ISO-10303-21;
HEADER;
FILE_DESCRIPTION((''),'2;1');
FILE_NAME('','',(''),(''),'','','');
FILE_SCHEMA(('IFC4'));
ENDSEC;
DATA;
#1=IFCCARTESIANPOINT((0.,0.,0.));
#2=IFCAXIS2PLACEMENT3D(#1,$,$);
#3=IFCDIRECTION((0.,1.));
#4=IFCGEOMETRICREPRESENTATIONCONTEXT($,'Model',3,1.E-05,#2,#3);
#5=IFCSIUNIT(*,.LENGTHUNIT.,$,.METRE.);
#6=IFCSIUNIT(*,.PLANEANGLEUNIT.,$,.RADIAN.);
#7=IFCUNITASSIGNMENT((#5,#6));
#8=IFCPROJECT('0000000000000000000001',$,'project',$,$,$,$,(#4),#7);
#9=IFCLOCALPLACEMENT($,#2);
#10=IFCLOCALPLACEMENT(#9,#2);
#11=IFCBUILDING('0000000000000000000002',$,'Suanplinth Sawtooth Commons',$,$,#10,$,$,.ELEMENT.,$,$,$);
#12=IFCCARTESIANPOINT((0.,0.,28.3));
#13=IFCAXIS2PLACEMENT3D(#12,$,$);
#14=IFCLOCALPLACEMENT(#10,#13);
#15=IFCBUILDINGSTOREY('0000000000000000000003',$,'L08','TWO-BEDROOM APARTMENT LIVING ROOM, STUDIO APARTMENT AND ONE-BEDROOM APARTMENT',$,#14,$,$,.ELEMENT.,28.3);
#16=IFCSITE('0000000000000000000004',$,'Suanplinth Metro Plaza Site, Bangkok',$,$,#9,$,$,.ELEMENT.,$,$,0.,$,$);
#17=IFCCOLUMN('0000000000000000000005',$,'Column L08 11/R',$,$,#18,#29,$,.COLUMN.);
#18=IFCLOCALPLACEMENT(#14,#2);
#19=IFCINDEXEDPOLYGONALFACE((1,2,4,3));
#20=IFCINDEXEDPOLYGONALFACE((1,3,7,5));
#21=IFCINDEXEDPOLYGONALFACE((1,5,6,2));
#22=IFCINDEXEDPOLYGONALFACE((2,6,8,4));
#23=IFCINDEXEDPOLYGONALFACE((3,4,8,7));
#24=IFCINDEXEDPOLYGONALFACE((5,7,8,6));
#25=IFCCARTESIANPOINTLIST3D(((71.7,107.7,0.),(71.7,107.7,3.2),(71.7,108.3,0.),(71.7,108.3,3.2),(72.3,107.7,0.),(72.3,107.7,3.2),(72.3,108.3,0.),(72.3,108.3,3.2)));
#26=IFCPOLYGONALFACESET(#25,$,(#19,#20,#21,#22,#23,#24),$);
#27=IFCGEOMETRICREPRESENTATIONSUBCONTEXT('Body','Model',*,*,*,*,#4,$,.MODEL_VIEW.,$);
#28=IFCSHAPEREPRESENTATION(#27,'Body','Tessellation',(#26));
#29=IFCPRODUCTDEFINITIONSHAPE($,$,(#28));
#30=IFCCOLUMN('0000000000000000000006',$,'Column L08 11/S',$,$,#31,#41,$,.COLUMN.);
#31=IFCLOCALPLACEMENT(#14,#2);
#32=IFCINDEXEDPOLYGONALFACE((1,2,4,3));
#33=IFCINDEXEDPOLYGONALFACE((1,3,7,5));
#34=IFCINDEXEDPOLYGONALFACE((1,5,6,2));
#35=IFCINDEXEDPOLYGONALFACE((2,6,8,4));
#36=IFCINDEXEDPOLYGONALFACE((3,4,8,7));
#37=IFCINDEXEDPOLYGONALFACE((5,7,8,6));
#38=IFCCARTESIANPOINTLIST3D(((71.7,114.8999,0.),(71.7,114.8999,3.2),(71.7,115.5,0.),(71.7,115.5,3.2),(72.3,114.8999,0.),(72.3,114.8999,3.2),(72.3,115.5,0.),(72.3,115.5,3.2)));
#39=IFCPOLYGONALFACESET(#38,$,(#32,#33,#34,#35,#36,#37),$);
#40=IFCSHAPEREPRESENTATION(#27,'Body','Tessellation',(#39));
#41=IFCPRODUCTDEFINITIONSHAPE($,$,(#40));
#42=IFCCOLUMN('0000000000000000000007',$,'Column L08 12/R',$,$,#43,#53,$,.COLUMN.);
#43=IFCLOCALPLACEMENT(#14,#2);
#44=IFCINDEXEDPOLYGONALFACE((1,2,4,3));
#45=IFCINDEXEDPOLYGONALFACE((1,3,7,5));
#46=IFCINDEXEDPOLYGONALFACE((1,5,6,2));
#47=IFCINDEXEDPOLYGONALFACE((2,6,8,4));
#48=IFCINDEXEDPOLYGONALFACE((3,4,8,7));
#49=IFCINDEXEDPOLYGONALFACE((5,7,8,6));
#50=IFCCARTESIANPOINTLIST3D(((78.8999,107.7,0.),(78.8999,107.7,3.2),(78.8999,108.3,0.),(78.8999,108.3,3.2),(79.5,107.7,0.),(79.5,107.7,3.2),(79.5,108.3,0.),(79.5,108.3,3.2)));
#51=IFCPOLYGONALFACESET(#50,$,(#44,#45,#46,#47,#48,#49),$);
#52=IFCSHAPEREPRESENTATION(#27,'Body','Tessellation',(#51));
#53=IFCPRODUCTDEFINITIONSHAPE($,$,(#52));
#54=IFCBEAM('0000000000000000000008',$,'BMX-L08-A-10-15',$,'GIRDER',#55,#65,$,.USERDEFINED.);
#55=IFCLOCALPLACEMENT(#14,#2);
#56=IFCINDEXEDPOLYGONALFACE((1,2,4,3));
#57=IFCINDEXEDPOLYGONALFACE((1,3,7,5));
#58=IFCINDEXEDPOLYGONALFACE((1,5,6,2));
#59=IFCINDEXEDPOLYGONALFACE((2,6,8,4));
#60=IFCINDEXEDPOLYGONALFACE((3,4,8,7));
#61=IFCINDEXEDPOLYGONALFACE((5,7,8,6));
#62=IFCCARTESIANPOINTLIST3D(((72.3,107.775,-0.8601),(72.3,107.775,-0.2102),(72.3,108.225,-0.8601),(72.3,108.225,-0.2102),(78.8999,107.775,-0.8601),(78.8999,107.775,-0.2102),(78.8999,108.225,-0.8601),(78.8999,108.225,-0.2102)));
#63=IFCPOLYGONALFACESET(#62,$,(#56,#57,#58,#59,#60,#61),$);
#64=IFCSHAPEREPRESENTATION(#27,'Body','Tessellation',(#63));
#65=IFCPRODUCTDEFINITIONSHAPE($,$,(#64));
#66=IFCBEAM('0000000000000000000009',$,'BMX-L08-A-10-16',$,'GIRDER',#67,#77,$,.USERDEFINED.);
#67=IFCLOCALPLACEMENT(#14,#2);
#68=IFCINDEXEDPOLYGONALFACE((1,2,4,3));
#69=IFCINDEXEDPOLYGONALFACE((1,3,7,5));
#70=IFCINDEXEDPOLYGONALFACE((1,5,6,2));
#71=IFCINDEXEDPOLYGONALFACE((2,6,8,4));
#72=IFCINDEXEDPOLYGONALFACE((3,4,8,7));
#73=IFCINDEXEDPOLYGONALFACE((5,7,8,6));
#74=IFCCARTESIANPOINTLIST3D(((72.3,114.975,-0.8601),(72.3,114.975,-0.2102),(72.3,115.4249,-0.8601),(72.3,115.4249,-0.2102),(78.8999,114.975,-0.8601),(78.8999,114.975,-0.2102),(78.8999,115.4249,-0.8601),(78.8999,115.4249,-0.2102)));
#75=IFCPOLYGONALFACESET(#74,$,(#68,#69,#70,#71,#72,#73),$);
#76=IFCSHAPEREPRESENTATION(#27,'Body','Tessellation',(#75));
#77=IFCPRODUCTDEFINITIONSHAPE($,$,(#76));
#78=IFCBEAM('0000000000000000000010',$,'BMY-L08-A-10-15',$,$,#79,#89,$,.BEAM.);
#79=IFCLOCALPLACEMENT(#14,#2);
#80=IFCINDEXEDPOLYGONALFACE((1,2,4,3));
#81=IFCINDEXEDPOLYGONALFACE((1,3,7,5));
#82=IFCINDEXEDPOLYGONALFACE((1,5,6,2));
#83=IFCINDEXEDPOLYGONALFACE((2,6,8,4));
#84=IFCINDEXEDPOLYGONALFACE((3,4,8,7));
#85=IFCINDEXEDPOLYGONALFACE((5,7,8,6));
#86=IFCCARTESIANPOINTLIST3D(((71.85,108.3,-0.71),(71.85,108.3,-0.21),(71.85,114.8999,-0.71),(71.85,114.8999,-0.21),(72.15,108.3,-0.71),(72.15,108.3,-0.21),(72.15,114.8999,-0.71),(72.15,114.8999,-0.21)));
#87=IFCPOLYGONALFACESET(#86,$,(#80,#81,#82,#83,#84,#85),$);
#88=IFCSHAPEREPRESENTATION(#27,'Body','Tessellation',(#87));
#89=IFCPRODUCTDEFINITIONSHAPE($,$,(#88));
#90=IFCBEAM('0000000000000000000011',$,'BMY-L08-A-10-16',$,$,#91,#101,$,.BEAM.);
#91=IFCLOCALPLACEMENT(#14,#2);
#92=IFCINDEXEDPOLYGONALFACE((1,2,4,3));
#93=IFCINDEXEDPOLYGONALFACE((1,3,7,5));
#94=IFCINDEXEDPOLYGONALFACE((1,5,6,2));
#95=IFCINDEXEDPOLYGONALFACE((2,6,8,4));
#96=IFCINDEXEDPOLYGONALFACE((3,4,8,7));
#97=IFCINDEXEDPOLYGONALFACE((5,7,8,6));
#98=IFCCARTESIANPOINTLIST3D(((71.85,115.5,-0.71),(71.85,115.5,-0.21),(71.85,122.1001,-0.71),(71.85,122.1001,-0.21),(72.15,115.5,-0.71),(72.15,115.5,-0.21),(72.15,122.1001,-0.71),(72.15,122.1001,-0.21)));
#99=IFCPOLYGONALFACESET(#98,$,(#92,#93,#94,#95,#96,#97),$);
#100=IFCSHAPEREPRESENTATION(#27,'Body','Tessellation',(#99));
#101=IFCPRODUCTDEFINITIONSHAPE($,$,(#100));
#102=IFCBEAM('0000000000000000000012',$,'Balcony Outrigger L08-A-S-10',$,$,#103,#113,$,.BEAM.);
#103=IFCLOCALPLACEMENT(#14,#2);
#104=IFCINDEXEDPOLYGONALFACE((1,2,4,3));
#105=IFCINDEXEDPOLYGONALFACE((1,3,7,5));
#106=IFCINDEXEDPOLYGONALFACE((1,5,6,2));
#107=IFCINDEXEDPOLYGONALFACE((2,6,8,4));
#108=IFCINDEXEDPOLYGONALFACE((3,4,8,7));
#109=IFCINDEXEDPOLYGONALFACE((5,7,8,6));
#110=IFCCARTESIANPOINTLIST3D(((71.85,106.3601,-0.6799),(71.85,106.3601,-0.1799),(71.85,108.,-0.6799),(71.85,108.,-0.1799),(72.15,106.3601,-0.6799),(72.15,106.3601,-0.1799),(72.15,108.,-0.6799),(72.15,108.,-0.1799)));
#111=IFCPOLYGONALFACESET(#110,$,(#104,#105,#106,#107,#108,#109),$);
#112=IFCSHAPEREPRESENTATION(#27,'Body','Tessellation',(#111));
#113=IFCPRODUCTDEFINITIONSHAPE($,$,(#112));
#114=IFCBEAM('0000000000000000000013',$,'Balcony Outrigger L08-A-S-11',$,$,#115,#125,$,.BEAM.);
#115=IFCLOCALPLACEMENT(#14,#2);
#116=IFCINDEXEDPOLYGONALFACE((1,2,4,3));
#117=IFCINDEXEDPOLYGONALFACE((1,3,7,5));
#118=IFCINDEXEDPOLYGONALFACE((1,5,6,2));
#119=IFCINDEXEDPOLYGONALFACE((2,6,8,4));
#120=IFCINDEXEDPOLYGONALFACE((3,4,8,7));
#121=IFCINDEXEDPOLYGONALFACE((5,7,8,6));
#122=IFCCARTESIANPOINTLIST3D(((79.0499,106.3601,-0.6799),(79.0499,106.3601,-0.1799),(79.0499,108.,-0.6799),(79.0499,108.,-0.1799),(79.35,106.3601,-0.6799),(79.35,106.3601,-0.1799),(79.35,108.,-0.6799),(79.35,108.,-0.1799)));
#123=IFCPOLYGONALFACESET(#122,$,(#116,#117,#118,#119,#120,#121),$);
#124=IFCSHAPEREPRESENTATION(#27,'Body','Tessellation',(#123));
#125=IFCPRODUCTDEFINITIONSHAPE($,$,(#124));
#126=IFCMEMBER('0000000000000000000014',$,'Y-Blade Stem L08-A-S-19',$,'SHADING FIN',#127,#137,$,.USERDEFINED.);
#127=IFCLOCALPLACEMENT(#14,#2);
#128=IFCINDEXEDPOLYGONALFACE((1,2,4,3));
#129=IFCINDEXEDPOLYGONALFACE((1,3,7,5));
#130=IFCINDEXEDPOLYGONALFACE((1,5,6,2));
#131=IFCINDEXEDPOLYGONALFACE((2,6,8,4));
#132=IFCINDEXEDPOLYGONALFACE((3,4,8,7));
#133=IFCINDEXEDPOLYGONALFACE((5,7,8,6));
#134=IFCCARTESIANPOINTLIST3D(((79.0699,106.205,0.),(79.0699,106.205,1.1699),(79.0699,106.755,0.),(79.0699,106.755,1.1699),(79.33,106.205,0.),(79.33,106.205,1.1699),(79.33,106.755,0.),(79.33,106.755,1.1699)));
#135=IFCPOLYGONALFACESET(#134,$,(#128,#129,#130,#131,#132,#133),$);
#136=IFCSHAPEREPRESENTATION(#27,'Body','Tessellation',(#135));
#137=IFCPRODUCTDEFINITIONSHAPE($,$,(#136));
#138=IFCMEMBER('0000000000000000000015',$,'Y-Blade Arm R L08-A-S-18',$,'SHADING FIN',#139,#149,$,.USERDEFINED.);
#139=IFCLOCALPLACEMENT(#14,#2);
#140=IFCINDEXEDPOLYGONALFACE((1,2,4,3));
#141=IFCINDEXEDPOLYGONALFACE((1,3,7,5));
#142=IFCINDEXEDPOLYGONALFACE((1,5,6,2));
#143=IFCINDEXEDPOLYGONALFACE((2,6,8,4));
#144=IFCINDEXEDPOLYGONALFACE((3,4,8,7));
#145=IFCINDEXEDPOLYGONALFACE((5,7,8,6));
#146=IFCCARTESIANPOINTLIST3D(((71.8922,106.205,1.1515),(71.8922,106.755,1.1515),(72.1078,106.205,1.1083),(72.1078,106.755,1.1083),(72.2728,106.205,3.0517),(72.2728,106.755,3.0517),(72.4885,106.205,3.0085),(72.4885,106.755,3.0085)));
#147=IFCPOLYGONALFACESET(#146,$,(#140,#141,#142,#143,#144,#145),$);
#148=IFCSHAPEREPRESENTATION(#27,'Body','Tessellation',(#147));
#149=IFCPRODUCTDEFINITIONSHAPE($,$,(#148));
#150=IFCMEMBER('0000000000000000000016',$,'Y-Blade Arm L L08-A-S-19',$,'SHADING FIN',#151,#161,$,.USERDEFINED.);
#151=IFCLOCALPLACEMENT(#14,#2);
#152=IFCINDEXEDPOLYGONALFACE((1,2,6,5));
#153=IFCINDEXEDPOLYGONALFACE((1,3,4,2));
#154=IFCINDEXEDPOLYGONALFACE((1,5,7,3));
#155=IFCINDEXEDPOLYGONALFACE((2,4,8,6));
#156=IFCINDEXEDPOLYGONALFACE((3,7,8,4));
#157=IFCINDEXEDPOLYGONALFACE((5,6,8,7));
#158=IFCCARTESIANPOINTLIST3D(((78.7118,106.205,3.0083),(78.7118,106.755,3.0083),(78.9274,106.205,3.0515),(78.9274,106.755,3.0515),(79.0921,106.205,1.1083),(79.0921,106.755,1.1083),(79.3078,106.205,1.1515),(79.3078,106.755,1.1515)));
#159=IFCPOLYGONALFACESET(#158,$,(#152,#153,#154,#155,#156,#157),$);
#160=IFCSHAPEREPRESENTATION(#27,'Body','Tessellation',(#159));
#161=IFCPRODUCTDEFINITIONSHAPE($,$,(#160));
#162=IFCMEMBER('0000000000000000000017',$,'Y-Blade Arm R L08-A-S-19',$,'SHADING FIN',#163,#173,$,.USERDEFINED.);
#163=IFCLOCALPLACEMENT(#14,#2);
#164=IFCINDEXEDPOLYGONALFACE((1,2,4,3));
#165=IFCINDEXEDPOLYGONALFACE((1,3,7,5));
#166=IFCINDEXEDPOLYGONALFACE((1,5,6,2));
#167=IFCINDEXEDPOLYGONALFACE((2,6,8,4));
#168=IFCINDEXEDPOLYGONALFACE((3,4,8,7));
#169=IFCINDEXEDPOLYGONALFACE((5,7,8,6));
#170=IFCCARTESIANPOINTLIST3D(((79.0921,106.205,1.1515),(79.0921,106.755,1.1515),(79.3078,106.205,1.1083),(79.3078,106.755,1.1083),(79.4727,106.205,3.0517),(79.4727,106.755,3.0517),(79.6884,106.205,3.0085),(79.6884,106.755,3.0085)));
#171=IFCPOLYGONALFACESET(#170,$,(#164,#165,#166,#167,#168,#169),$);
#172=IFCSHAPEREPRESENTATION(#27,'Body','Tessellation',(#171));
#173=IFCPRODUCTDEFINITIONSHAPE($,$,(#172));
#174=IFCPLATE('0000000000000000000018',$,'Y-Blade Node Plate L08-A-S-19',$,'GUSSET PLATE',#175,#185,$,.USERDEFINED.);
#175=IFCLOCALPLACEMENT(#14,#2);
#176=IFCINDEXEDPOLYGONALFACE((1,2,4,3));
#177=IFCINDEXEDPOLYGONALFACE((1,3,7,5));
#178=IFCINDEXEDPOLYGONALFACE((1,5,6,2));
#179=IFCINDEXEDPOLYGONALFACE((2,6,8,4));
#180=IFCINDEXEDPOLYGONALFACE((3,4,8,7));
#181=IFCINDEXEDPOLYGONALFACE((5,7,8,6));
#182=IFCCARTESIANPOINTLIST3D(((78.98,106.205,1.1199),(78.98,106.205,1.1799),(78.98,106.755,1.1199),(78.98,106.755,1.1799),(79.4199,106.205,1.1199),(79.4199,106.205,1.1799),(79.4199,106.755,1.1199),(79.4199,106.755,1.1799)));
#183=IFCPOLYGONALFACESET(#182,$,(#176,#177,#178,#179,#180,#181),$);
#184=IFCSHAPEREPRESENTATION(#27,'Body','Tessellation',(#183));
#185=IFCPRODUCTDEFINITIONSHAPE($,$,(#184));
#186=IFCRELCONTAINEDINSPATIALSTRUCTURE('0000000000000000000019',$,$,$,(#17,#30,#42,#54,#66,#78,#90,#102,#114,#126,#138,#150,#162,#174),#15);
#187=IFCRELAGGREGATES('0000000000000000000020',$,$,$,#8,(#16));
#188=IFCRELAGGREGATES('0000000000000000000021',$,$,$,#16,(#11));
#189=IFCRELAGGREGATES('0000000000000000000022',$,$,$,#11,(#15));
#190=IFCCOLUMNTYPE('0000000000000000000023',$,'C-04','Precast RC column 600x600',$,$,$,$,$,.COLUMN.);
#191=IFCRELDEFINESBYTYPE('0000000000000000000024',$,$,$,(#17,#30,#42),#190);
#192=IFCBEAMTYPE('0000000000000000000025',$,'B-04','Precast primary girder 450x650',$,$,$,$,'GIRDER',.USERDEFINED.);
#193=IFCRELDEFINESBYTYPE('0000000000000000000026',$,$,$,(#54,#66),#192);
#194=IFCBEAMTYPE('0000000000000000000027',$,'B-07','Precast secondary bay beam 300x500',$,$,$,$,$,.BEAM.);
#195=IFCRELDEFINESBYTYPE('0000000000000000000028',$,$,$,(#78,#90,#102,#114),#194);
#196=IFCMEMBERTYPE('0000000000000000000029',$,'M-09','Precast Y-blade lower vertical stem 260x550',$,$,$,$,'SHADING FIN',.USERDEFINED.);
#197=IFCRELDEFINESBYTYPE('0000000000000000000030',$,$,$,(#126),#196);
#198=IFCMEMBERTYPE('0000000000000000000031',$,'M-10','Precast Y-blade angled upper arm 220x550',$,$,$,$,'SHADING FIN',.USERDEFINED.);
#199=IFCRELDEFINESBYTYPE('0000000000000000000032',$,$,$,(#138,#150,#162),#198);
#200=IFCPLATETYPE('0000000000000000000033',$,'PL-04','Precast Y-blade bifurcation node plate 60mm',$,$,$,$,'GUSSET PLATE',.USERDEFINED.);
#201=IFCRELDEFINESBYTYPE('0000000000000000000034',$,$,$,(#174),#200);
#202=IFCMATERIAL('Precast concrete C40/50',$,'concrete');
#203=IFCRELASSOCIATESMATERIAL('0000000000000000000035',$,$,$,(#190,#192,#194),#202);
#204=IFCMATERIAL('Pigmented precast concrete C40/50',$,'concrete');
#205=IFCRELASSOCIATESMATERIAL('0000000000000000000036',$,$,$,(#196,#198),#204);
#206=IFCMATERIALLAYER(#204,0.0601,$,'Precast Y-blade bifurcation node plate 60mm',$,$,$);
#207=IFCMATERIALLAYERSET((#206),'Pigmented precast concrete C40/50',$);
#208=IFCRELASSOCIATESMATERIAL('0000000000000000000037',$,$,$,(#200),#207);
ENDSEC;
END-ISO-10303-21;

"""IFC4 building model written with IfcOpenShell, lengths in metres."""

from ifc_helpers import new_model, si_unit, direction, frame, origin, origin_2d, place, context, subcontext, project, spatial, rectangle, extrude, material, layer, layer_set, material_profile, profile_set, type_object, element, save


model = new_model("IFC4")

# Units and contexts
model_context = context("Model", 3, precision=1e-05, world=origin(), true_north=direction((0.0, 1.0)))
body_context = subcontext(model_context, "Body", "Model", "MODEL_VIEW")
ifc_project = project(units=[si_unit("LENGTHUNIT", "METRE"), si_unit("PLANEANGLEUNIT", "RADIAN")], contexts=[model_context])

# Site, building, storey
site_placement = place(None, origin())
site = spatial("IfcSite", under=ifc_project, at=site_placement, Name="Suanplinth Metro Plaza Site, Bangkok", CompositionType="ELEMENT", RefElevation=0.0)
building_placement = place(site_placement, origin())
building = spatial("IfcBuilding", under=site, at=building_placement, Name="Suanplinth Sawtooth Commons", CompositionType="ELEMENT")
storey_placement = place(building_placement, frame((0.0, 0.0, 28.3)))
storey = spatial("IfcBuildingStorey", under=building, at=storey_placement, Name="L08", Description="TWO-BEDROOM APARTMENT LIVING ROOM, STUDIO APARTMENT AND ONE-BEDROOM APARTMENT", CompositionType="ELEMENT", Elevation=28.3)

# Columns
ifc_material_1 = material(Name="Precast concrete C40/50", Category="concrete")
ifc_material_profile_1 = material_profile(ifc_material_1, rectangle(XDim=0.6001, YDim=0.6001, at=origin_2d()), Name="PC-COL 600x600")
ifc_profile_set_1 = profile_set([ifc_material_profile_1], Name="Precast concrete C40/50")
column_type = type_object("IfcColumnType", Name="C-04", Description="Precast RC column 600x600", PredefinedType="COLUMN", material=ifc_profile_set_1)
for number, where, z_axis, x_axis, name in (
    (1, (72.0, 108.0, 0.0), (0.0, 0.0, 1.0), (1.0, 0.0, 0.0), "Column L08 11/R"),
    (2, (72.0, 115.2, 0.0), (0.0, 0.0, 1.0), (1.0, 0.0, 0.0), "Column L08 11/S"),
    (3, (79.2, 108.0, 0.0), (0.0, 0.0, 1.0), (1.0, 0.0, 0.0), "Column L08 12/R"),
):
    element("IfcColumn", number, at=place(storey_placement, frame(where, z_axis=z_axis, x_axis=x_axis)), inside=storey, type_object=column_type, Name=name, PredefinedType="COLUMN", context=body_context, shape_type="SweptSolid", body=[
        extrude(rectangle(XDim=0.6001, YDim=0.6001, at=origin_2d()), origin(), (0.0, 0.0, 1.0), 3.2),
    ])

# Beams
ifc_material_profile_2 = material_profile(ifc_material_1, rectangle(XDim=0.45, YDim=0.6499, at=origin_2d()), Name="PC-GDR 450x650")
ifc_profile_set_2 = profile_set([ifc_material_profile_2], Name="Precast concrete C40/50")
beam_type_1 = type_object("IfcBeamType", Name="B-04", Description="Precast primary girder 450x650", ElementType="GIRDER", PredefinedType="USERDEFINED", material=ifc_profile_set_2)
for number, where, z_axis, x_axis, name in (
    (4, (72.3, 108.0, -0.5352), (1.0, 0.0, 0.0), (0.0, 1.0, 0.0), "BMX-L08-A-10-15"),
    (5, (72.3, 115.2, -0.5352), (1.0, 0.0, 0.0), (0.0, 1.0, 0.0), "BMX-L08-A-10-16"),
):
    element("IfcBeam", number, at=place(storey_placement, frame(where, z_axis=z_axis, x_axis=x_axis)), inside=storey, type_object=beam_type_1, Name=name, ObjectType="GIRDER", PredefinedType="USERDEFINED", context=body_context, shape_type="SweptSolid", body=[
        extrude(rectangle(XDim=0.45, YDim=0.6499, at=origin_2d()), origin(), (0.0, 0.0, 1.0), 6.5999),
    ])
ifc_material_profile_3 = material_profile(ifc_material_1, rectangle(XDim=0.3, YDim=0.5, at=origin_2d()), Name="PC-BM 300x500")
ifc_profile_set_3 = profile_set([ifc_material_profile_3], Name="Precast concrete C40/50")
beam_type_2 = type_object("IfcBeamType", Name="B-07", Description="Precast secondary bay beam 300x500", PredefinedType="BEAM", material=ifc_profile_set_3)
beam_1_placement = place(storey_placement, frame((72.0, 108.3, -0.46), z_axis=(0.0, 1.0, 0.0), x_axis=(-1.0, 0.0, 0.0)))
element("IfcBeam", 6, at=beam_1_placement, inside=storey, type_object=beam_type_2, Name="BMY-L08-A-10-15", PredefinedType="BEAM", context=body_context, shape_type="SweptSolid", body=[
    extrude(rectangle(XDim=0.3, YDim=0.5, at=origin_2d()), origin(), (0.0, 0.0, 1.0), 6.5999),
])
beam_2_placement = place(storey_placement, frame((72.0, 115.5, -0.46), z_axis=(0.0, 1.0, 0.0), x_axis=(-1.0, 0.0, 0.0)))
element("IfcBeam", 7, at=beam_2_placement, inside=storey, type_object=beam_type_2, Name="BMY-L08-A-10-16", PredefinedType="BEAM", context=body_context, shape_type="SweptSolid", body=[
    extrude(rectangle(XDim=0.3, YDim=0.5, at=origin_2d()), origin(), (0.0, 0.0, 1.0), 6.6001),
])
for number, where, z_axis, x_axis, name in (
    (8, (72.0, 108.0, -0.4299), (0.0, -1.0, 0.0), (1.0, 0.0, 0.0), "Balcony Outrigger L08-A-S-10"),
    (9, (79.2, 108.0, -0.4299), (0.0, -1.0, 0.0), (1.0, 0.0, 0.0), "Balcony Outrigger L08-A-S-11"),
):
    element("IfcBeam", number, at=place(storey_placement, frame(where, z_axis=z_axis, x_axis=x_axis)), inside=storey, type_object=beam_type_2, Name=name, PredefinedType="BEAM", context=body_context, shape_type="SweptSolid", body=[
        extrude(rectangle(XDim=0.3, YDim=0.5, at=origin_2d()), origin(), (0.0, 0.0, 1.0), 1.6399),
    ])

# Members
ifc_material_2 = material(Name="Pigmented precast concrete C40/50", Category="concrete")
ifc_material_profile_4 = material_profile(ifc_material_2, rectangle(XDim=0.26, YDim=0.55, at=origin_2d()), Name="PC-FIN 260x550")
ifc_profile_set_4 = profile_set([ifc_material_profile_4], Name="Pigmented precast concrete C40/50")
member_type_1 = type_object("IfcMemberType", Name="M-09", Description="Precast Y-blade lower vertical stem 260x550", ElementType="SHADING FIN", PredefinedType="USERDEFINED", material=ifc_profile_set_4)
member_1_placement = place(storey_placement, frame((79.2, 106.48, 0.0), z_axis=(0.0, 0.0, 1.0), x_axis=(1.0, 0.0, 0.0)))
element("IfcMember", 10, at=member_1_placement, inside=storey, type_object=member_type_1, Name="Y-Blade Stem L08-A-S-19", ObjectType="SHADING FIN", PredefinedType="USERDEFINED", context=body_context, shape_type="SweptSolid", body=[
    extrude(rectangle(XDim=0.26, YDim=0.55, at=origin_2d()), origin(), (0.0, 0.0, 1.0), 1.1699),
])
ifc_material_profile_5 = material_profile(ifc_material_2, rectangle(XDim=0.22, YDim=0.55, at=origin_2d()), Name="PC-FIN 220x550")
ifc_profile_set_5 = profile_set([ifc_material_profile_5], Name="Pigmented precast concrete C40/50")
member_type_2 = type_object("IfcMemberType", Name="M-10", Description="Precast Y-blade angled upper arm 220x550", ElementType="SHADING FIN", PredefinedType="USERDEFINED", material=ifc_profile_set_5)
member_2_placement = place(storey_placement, frame((72.0, 106.48, 1.1299), z_axis=(0.196407, 0.0, 0.980522), x_axis=(-0.980522, 0.0, 0.196407)))
element("IfcMember", 11, at=member_2_placement, inside=storey, type_object=member_type_2, Name="Y-Blade Arm R L08-A-S-18", ObjectType="SHADING FIN", PredefinedType="USERDEFINED", context=body_context, shape_type="SweptSolid", body=[
    extrude(rectangle(XDim=0.22, YDim=0.55, at=origin_2d()), origin(), (0.0, 0.0, 1.0), 1.938),
])
member_3_placement = place(storey_placement, frame((79.2, 106.48, 1.1299), z_axis=(-0.196286, 0.0, 0.980547), x_axis=(0.980547, 0.0, 0.196286)))
element("IfcMember", 12, at=member_3_placement, inside=storey, type_object=member_type_2, Name="Y-Blade Arm L L08-A-S-19", ObjectType="SHADING FIN", PredefinedType="USERDEFINED", context=body_context, shape_type="SweptSolid", body=[
    extrude(rectangle(XDim=0.22, YDim=0.55, at=origin_2d()), origin(), (0.0, 0.0, 1.0), 1.9377),
])
member_4_placement = place(storey_placement, frame((79.2, 106.48, 1.1299), z_axis=(0.196407, 0.0, 0.980522), x_axis=(-0.980522, 0.0, 0.196407)))
element("IfcMember", 13, at=member_4_placement, inside=storey, type_object=member_type_2, Name="Y-Blade Arm R L08-A-S-19", ObjectType="SHADING FIN", PredefinedType="USERDEFINED", context=body_context, shape_type="SweptSolid", body=[
    extrude(rectangle(XDim=0.22, YDim=0.55, at=origin_2d()), origin(), (0.0, 0.0, 1.0), 1.938),
])

# Plate
ifc_layer_1 = layer(ifc_material_2, 0.0601, Name="Precast Y-blade bifurcation node plate 60mm")
ifc_layer_set_1 = layer_set([ifc_layer_1], Name="Pigmented precast concrete C40/50")
plate_type = type_object("IfcPlateType", Name="PL-04", Description="Precast Y-blade bifurcation node plate 60mm", ElementType="GUSSET PLATE", PredefinedType="USERDEFINED", material=ifc_layer_set_1)
plate_placement = place(storey_placement, frame((79.2, 106.48, 1.1199), z_axis=(0.0, 0.0, 1.0), x_axis=(1.0, 0.0, 0.0)))
element("IfcPlate", 14, at=plate_placement, inside=storey, type_object=plate_type, Name="Y-Blade Node Plate L08-A-S-19", ObjectType="GUSSET PLATE", PredefinedType="USERDEFINED", context=body_context, shape_type="SweptSolid", body=[
    extrude(rectangle(XDim=0.4399, YDim=0.55, at=origin_2d()), origin(), (0.0, 0.0, 1.0), 0.0601),
])

save(model, "model.ifc")
